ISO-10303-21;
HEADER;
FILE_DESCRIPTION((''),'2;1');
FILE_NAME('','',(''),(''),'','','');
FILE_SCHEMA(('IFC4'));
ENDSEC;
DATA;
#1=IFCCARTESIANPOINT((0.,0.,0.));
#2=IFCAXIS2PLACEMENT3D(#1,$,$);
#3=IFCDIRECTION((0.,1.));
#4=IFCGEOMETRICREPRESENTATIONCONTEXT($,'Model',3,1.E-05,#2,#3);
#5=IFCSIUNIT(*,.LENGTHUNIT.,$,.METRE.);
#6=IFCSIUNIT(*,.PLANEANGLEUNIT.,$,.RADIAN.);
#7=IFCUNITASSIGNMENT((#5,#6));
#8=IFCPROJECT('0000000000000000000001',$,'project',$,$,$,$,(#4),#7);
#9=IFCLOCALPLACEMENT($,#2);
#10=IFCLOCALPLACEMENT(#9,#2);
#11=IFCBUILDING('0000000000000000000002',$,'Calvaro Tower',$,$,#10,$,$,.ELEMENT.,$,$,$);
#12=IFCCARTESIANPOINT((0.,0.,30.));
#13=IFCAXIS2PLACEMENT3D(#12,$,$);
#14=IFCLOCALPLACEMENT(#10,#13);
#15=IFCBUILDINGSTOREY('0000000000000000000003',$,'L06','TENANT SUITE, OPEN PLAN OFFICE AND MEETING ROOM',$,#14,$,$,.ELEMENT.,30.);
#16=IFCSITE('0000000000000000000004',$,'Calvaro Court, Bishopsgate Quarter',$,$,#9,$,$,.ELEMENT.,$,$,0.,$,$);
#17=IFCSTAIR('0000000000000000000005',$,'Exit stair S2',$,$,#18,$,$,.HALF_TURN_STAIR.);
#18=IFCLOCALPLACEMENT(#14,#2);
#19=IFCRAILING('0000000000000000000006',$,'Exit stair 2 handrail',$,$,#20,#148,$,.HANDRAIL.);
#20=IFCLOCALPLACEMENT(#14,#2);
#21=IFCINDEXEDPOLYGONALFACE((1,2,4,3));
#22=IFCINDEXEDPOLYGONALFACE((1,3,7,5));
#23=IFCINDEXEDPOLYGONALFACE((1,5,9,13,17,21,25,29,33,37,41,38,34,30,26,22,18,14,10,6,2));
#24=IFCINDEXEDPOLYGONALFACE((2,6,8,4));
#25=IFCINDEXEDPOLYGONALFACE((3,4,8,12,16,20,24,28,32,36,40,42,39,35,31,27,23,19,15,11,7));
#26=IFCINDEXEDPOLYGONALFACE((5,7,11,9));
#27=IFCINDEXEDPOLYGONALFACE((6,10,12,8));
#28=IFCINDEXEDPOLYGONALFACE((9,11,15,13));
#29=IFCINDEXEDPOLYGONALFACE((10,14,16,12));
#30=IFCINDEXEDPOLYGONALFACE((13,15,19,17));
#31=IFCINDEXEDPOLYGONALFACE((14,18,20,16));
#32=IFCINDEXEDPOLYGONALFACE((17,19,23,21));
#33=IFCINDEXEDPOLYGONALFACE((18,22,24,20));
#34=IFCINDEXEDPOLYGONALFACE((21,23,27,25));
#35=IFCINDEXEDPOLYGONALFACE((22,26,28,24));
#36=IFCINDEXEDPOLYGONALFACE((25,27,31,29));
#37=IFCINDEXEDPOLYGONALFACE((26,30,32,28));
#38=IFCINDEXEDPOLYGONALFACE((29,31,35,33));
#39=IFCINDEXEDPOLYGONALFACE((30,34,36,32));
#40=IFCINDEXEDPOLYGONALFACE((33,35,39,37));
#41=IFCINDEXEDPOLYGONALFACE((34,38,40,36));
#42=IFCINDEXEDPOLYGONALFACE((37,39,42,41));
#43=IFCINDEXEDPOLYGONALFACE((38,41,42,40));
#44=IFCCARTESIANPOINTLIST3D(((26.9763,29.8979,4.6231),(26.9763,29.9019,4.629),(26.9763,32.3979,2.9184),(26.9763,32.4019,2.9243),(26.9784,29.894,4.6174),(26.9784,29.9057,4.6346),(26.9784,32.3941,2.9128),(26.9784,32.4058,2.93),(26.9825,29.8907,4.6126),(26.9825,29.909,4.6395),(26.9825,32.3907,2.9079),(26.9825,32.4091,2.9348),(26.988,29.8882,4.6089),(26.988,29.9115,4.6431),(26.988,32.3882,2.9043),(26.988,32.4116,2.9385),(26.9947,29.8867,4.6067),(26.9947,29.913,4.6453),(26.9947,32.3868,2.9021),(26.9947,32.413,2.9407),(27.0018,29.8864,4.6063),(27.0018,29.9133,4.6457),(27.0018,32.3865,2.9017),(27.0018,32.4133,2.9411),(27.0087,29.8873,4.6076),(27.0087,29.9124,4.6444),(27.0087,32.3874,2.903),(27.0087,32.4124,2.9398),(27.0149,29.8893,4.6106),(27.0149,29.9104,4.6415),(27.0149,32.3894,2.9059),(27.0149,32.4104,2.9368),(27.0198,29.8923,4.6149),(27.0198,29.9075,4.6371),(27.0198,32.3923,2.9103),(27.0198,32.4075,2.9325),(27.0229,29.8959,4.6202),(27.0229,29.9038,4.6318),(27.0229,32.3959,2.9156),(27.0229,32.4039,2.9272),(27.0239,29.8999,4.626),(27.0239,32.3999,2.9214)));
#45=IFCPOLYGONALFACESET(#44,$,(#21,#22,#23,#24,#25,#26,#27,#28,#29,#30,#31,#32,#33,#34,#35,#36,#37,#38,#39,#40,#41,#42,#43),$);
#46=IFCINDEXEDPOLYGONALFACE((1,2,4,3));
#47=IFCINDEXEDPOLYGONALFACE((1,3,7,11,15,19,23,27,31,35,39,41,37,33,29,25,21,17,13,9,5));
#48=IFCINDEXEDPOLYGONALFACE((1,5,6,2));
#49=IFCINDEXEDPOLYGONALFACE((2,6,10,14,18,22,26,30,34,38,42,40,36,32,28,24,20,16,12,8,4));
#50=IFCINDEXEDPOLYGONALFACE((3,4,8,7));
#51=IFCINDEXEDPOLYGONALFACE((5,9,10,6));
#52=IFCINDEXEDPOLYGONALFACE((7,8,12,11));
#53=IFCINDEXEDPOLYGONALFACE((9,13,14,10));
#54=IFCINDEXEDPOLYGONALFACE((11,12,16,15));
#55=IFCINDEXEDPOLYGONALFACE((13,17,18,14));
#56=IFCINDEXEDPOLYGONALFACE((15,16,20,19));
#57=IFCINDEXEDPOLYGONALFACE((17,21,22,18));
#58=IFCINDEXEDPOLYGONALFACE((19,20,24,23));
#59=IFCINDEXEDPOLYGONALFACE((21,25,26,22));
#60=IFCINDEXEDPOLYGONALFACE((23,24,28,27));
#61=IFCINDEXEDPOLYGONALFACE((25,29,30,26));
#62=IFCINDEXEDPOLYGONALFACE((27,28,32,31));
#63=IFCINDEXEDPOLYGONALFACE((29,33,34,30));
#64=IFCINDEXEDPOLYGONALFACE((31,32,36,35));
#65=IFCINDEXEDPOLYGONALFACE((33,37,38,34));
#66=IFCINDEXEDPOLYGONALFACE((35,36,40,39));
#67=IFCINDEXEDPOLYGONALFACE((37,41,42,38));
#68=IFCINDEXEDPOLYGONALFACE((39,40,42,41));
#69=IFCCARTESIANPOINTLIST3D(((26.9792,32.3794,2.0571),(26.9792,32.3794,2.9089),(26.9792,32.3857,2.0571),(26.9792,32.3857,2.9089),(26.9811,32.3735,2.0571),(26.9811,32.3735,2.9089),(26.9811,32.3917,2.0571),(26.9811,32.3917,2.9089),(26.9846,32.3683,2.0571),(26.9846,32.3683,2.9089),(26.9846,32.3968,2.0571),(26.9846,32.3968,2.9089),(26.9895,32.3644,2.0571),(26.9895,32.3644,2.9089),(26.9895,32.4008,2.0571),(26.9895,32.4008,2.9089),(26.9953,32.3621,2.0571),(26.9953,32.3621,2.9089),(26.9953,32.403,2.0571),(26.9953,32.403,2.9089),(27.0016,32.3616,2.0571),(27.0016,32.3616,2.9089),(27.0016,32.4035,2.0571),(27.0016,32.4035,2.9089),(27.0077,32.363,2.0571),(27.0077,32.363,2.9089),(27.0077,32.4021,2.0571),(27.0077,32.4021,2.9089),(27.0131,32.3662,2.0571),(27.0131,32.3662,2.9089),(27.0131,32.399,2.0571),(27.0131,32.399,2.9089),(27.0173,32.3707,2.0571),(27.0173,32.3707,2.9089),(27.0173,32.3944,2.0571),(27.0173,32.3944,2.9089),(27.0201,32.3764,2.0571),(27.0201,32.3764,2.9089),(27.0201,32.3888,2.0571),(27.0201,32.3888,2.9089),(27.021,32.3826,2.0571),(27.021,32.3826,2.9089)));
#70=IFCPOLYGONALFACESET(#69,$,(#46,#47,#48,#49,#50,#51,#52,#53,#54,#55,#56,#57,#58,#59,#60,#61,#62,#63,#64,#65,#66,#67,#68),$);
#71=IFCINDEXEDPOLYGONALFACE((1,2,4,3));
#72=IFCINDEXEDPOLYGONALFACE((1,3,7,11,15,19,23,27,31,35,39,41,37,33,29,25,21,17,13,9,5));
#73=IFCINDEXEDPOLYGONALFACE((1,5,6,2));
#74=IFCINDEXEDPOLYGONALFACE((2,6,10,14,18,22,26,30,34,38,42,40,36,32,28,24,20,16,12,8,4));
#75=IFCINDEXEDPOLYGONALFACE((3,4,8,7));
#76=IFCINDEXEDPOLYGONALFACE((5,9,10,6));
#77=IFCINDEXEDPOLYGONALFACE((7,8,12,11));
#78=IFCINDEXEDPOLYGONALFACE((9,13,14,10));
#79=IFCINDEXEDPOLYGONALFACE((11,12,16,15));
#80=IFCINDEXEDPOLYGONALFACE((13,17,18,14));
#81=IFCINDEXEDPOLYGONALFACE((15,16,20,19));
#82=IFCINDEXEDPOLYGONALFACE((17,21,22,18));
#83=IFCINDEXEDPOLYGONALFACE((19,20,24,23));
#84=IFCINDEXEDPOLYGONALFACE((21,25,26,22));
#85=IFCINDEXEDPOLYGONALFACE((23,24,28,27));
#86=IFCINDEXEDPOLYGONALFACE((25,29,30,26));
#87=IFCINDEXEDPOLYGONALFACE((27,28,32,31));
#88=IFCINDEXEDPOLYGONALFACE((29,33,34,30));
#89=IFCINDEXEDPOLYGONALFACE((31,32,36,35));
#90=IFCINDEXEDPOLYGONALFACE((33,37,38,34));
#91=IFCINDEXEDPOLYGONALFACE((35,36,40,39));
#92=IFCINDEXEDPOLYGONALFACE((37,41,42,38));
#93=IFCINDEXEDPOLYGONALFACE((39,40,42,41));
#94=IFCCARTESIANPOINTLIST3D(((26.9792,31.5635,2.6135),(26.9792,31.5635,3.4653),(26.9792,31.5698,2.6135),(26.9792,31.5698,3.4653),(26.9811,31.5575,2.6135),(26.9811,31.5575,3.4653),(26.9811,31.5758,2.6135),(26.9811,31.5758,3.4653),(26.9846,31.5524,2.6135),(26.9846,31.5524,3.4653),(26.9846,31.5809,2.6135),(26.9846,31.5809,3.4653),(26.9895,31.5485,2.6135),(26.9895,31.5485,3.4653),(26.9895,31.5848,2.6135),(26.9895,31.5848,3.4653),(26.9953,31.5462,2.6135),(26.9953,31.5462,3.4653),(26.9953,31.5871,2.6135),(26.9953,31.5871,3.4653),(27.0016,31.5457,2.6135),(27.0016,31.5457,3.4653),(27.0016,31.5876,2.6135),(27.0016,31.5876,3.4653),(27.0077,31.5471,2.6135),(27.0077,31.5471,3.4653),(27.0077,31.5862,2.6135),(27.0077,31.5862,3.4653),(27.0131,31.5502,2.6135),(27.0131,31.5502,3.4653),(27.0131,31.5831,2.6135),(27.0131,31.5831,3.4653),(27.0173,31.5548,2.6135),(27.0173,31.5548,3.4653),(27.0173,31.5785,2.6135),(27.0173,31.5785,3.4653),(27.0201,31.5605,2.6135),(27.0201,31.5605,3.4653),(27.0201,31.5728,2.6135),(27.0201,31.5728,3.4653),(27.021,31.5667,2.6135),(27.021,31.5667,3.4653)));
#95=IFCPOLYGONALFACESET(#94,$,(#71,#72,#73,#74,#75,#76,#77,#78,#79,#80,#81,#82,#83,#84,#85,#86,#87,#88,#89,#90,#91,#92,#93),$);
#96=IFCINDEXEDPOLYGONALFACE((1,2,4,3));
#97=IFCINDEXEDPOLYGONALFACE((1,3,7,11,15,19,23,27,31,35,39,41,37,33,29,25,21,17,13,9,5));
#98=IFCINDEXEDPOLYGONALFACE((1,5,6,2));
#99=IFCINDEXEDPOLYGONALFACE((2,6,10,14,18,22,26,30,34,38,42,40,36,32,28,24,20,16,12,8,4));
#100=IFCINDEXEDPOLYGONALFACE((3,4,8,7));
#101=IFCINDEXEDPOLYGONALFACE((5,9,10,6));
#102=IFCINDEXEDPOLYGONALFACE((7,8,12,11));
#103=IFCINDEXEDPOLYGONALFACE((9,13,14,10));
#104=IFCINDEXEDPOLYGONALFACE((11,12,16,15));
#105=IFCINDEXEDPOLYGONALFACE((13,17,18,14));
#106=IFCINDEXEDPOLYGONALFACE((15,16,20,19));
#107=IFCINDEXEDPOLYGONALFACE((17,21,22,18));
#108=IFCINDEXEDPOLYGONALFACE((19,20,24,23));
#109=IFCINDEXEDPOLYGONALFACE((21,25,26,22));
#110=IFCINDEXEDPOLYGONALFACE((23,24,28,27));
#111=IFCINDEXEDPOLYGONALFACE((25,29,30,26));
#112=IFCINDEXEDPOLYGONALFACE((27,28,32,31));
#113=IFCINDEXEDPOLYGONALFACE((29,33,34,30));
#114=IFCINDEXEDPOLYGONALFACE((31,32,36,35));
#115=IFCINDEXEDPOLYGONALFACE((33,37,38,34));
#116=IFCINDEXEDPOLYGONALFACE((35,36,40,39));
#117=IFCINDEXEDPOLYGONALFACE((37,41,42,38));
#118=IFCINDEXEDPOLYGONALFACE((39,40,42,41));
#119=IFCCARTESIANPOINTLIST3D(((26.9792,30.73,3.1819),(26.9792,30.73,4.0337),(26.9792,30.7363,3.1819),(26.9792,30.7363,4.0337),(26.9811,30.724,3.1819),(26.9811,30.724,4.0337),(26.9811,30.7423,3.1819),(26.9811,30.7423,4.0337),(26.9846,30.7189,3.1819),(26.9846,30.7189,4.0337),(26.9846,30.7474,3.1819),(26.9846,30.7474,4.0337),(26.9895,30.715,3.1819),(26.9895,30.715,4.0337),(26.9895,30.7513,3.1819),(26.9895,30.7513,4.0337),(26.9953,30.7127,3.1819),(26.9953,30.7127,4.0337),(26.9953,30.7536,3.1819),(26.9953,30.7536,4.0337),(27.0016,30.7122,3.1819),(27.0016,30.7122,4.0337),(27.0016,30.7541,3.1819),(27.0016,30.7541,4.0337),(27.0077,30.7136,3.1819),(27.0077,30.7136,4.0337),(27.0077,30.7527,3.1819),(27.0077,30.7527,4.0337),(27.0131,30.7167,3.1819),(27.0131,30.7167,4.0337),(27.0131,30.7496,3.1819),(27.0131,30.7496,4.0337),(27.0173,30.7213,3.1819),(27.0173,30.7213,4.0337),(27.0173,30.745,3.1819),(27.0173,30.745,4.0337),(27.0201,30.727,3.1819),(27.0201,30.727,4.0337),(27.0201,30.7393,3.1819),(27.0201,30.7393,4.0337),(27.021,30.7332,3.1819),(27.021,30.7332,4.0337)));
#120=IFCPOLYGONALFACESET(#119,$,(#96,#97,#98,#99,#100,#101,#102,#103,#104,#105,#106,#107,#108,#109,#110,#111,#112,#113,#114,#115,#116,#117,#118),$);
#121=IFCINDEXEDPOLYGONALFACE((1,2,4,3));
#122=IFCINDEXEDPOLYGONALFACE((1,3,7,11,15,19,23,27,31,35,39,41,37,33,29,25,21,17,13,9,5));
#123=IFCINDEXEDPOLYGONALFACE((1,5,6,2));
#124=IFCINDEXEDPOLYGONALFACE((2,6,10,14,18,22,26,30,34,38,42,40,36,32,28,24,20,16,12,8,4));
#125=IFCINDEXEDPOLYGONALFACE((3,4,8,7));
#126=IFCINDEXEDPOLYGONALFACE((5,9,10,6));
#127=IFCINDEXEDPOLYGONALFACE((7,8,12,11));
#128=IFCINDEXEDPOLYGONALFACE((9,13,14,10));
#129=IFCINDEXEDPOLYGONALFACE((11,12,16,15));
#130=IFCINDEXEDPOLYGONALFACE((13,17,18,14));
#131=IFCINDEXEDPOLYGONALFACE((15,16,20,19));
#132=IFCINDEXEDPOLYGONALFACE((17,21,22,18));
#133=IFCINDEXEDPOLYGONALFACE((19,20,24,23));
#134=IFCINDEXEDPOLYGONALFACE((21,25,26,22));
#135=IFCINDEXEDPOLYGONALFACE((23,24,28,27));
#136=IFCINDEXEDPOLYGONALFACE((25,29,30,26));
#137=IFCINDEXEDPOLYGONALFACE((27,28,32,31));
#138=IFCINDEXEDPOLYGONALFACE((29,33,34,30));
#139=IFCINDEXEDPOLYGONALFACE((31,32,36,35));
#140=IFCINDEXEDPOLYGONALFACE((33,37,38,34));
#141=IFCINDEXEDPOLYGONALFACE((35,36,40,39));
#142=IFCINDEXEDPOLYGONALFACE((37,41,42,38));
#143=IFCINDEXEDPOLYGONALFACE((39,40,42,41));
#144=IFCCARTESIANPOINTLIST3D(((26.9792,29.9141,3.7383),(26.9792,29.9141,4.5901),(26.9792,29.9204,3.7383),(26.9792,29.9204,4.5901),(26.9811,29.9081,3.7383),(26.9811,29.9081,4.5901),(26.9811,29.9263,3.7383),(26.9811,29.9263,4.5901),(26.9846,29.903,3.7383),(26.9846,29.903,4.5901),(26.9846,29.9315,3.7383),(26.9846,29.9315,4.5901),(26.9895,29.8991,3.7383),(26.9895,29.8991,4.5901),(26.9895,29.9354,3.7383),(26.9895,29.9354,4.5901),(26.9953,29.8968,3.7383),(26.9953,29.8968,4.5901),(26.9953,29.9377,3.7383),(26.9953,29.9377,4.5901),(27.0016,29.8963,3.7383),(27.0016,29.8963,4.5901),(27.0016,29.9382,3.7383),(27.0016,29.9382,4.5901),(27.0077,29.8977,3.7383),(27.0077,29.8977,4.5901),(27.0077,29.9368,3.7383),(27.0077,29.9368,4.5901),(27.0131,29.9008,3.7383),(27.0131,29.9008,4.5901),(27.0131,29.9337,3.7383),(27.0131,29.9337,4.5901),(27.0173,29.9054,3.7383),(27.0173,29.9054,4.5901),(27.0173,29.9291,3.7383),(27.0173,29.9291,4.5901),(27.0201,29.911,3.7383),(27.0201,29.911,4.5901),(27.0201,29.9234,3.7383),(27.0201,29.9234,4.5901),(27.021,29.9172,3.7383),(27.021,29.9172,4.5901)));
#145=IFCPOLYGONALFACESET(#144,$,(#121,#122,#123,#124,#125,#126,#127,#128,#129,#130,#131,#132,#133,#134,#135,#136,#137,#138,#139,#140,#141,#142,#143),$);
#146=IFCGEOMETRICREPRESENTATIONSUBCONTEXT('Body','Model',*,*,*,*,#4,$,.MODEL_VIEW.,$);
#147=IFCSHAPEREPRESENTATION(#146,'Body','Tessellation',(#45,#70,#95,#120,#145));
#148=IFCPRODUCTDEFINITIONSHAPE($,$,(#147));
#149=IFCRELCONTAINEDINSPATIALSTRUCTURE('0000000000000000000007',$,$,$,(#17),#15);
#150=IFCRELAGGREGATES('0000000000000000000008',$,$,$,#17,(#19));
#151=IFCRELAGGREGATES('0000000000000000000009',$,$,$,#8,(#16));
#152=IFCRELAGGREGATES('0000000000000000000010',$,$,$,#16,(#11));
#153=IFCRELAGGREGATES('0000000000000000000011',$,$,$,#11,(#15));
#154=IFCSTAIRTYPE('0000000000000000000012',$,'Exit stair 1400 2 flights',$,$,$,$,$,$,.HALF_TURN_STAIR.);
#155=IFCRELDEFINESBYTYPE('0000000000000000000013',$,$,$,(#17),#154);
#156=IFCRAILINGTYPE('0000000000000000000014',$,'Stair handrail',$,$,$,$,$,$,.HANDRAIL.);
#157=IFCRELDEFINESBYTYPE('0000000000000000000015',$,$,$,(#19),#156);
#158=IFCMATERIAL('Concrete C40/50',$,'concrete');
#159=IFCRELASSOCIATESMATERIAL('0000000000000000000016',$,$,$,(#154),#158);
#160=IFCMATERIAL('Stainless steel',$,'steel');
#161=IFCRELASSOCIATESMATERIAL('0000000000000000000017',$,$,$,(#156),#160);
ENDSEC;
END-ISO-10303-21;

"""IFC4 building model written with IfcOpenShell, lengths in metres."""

from ifc_helpers import new_model, si_unit, direction, frame, origin, origin_2d, place, context, subcontext, project, spatial, circle, extrude, material, type_object, element, aggregate, save


model = new_model("IFC4")

# Units and contexts
model_context = context("Model", 3, precision=1e-05, world=origin(), true_north=direction((0.0, 1.0)))
body_context = subcontext(model_context, "Body", "Model", "MODEL_VIEW")
ifc_project = project(units=[si_unit("LENGTHUNIT", "METRE"), si_unit("PLANEANGLEUNIT", "RADIAN")], contexts=[model_context])

# Site, building, storey
site_placement = place(None, origin())
site = spatial("IfcSite", under=ifc_project, at=site_placement, Name="Calvaro Court, Bishopsgate Quarter", CompositionType="ELEMENT", RefElevation=0.0)
building_placement = place(site_placement, origin())
building = spatial("IfcBuilding", under=site, at=building_placement, Name="Calvaro Tower", CompositionType="ELEMENT")
storey_placement = place(building_placement, frame((0.0, 0.0, 30.0)))
storey = spatial("IfcBuildingStorey", under=building, at=storey_placement, Name="L06", Description="TENANT SUITE, OPEN PLAN OFFICE AND MEETING ROOM", CompositionType="ELEMENT", Elevation=30.0)

# Stair, railing
ifc_material_1 = material(Name="Concrete C40/50", Category="concrete")
stair_type = type_object("IfcStairType", Name="Exit stair 1400 2 flights", PredefinedType="HALF_TURN_STAIR", material=ifc_material_1)
stair_placement = place(storey_placement, origin())
stair = element("IfcStair", 1, at=stair_placement, inside=storey, type_object=stair_type, Name="Exit stair S2", PredefinedType="HALF_TURN_STAIR")
ifc_material_2 = material(Name="Stainless steel", Category="steel")
railing_type = type_object("IfcRailingType", Name="Stair handrail", PredefinedType="HANDRAIL", material=ifc_material_2)
railing_1_placement = place(storey_placement, frame((27.0, 32.3999, 2.0454)))
railing_1 = element("IfcRailing", 2, at=railing_1_placement, type_object=railing_type, Name="Exit stair 2 handrail", PredefinedType="HANDRAIL", context=body_context, shape_type="SweptSolid", body=[
    extrude(circle(Radius=0.0239, at=origin_2d()), frame((0.0, 0.0, 0.876), z_axis=(0.0, -0.826221, 0.563347), x_axis=(1.0, 0.0, 0.0)), (0.0, 0.0, 1.0), 3.0259),
    extrude(circle(Radius=0.021, at=origin_2d()), frame((0.0, -0.0173, 0.0117)), (0.0, 0.0, 1.0), 0.8518),
    extrude(circle(Radius=0.021, at=origin_2d()), frame((0.0, -0.8333, 0.5681)), (0.0, 0.0, 1.0), 0.8518),
    extrude(circle(Radius=0.021, at=origin_2d()), frame((0.0, -1.6667, 1.1365)), (0.0, 0.0, 1.0), 0.8518),
    extrude(circle(Radius=0.021, at=origin_2d()), frame((0.0, -2.4827, 1.6929)), (0.0, 0.0, 1.0), 0.8518),
])
aggregate(stair, [railing_1])

save(model, "model.ifc")
